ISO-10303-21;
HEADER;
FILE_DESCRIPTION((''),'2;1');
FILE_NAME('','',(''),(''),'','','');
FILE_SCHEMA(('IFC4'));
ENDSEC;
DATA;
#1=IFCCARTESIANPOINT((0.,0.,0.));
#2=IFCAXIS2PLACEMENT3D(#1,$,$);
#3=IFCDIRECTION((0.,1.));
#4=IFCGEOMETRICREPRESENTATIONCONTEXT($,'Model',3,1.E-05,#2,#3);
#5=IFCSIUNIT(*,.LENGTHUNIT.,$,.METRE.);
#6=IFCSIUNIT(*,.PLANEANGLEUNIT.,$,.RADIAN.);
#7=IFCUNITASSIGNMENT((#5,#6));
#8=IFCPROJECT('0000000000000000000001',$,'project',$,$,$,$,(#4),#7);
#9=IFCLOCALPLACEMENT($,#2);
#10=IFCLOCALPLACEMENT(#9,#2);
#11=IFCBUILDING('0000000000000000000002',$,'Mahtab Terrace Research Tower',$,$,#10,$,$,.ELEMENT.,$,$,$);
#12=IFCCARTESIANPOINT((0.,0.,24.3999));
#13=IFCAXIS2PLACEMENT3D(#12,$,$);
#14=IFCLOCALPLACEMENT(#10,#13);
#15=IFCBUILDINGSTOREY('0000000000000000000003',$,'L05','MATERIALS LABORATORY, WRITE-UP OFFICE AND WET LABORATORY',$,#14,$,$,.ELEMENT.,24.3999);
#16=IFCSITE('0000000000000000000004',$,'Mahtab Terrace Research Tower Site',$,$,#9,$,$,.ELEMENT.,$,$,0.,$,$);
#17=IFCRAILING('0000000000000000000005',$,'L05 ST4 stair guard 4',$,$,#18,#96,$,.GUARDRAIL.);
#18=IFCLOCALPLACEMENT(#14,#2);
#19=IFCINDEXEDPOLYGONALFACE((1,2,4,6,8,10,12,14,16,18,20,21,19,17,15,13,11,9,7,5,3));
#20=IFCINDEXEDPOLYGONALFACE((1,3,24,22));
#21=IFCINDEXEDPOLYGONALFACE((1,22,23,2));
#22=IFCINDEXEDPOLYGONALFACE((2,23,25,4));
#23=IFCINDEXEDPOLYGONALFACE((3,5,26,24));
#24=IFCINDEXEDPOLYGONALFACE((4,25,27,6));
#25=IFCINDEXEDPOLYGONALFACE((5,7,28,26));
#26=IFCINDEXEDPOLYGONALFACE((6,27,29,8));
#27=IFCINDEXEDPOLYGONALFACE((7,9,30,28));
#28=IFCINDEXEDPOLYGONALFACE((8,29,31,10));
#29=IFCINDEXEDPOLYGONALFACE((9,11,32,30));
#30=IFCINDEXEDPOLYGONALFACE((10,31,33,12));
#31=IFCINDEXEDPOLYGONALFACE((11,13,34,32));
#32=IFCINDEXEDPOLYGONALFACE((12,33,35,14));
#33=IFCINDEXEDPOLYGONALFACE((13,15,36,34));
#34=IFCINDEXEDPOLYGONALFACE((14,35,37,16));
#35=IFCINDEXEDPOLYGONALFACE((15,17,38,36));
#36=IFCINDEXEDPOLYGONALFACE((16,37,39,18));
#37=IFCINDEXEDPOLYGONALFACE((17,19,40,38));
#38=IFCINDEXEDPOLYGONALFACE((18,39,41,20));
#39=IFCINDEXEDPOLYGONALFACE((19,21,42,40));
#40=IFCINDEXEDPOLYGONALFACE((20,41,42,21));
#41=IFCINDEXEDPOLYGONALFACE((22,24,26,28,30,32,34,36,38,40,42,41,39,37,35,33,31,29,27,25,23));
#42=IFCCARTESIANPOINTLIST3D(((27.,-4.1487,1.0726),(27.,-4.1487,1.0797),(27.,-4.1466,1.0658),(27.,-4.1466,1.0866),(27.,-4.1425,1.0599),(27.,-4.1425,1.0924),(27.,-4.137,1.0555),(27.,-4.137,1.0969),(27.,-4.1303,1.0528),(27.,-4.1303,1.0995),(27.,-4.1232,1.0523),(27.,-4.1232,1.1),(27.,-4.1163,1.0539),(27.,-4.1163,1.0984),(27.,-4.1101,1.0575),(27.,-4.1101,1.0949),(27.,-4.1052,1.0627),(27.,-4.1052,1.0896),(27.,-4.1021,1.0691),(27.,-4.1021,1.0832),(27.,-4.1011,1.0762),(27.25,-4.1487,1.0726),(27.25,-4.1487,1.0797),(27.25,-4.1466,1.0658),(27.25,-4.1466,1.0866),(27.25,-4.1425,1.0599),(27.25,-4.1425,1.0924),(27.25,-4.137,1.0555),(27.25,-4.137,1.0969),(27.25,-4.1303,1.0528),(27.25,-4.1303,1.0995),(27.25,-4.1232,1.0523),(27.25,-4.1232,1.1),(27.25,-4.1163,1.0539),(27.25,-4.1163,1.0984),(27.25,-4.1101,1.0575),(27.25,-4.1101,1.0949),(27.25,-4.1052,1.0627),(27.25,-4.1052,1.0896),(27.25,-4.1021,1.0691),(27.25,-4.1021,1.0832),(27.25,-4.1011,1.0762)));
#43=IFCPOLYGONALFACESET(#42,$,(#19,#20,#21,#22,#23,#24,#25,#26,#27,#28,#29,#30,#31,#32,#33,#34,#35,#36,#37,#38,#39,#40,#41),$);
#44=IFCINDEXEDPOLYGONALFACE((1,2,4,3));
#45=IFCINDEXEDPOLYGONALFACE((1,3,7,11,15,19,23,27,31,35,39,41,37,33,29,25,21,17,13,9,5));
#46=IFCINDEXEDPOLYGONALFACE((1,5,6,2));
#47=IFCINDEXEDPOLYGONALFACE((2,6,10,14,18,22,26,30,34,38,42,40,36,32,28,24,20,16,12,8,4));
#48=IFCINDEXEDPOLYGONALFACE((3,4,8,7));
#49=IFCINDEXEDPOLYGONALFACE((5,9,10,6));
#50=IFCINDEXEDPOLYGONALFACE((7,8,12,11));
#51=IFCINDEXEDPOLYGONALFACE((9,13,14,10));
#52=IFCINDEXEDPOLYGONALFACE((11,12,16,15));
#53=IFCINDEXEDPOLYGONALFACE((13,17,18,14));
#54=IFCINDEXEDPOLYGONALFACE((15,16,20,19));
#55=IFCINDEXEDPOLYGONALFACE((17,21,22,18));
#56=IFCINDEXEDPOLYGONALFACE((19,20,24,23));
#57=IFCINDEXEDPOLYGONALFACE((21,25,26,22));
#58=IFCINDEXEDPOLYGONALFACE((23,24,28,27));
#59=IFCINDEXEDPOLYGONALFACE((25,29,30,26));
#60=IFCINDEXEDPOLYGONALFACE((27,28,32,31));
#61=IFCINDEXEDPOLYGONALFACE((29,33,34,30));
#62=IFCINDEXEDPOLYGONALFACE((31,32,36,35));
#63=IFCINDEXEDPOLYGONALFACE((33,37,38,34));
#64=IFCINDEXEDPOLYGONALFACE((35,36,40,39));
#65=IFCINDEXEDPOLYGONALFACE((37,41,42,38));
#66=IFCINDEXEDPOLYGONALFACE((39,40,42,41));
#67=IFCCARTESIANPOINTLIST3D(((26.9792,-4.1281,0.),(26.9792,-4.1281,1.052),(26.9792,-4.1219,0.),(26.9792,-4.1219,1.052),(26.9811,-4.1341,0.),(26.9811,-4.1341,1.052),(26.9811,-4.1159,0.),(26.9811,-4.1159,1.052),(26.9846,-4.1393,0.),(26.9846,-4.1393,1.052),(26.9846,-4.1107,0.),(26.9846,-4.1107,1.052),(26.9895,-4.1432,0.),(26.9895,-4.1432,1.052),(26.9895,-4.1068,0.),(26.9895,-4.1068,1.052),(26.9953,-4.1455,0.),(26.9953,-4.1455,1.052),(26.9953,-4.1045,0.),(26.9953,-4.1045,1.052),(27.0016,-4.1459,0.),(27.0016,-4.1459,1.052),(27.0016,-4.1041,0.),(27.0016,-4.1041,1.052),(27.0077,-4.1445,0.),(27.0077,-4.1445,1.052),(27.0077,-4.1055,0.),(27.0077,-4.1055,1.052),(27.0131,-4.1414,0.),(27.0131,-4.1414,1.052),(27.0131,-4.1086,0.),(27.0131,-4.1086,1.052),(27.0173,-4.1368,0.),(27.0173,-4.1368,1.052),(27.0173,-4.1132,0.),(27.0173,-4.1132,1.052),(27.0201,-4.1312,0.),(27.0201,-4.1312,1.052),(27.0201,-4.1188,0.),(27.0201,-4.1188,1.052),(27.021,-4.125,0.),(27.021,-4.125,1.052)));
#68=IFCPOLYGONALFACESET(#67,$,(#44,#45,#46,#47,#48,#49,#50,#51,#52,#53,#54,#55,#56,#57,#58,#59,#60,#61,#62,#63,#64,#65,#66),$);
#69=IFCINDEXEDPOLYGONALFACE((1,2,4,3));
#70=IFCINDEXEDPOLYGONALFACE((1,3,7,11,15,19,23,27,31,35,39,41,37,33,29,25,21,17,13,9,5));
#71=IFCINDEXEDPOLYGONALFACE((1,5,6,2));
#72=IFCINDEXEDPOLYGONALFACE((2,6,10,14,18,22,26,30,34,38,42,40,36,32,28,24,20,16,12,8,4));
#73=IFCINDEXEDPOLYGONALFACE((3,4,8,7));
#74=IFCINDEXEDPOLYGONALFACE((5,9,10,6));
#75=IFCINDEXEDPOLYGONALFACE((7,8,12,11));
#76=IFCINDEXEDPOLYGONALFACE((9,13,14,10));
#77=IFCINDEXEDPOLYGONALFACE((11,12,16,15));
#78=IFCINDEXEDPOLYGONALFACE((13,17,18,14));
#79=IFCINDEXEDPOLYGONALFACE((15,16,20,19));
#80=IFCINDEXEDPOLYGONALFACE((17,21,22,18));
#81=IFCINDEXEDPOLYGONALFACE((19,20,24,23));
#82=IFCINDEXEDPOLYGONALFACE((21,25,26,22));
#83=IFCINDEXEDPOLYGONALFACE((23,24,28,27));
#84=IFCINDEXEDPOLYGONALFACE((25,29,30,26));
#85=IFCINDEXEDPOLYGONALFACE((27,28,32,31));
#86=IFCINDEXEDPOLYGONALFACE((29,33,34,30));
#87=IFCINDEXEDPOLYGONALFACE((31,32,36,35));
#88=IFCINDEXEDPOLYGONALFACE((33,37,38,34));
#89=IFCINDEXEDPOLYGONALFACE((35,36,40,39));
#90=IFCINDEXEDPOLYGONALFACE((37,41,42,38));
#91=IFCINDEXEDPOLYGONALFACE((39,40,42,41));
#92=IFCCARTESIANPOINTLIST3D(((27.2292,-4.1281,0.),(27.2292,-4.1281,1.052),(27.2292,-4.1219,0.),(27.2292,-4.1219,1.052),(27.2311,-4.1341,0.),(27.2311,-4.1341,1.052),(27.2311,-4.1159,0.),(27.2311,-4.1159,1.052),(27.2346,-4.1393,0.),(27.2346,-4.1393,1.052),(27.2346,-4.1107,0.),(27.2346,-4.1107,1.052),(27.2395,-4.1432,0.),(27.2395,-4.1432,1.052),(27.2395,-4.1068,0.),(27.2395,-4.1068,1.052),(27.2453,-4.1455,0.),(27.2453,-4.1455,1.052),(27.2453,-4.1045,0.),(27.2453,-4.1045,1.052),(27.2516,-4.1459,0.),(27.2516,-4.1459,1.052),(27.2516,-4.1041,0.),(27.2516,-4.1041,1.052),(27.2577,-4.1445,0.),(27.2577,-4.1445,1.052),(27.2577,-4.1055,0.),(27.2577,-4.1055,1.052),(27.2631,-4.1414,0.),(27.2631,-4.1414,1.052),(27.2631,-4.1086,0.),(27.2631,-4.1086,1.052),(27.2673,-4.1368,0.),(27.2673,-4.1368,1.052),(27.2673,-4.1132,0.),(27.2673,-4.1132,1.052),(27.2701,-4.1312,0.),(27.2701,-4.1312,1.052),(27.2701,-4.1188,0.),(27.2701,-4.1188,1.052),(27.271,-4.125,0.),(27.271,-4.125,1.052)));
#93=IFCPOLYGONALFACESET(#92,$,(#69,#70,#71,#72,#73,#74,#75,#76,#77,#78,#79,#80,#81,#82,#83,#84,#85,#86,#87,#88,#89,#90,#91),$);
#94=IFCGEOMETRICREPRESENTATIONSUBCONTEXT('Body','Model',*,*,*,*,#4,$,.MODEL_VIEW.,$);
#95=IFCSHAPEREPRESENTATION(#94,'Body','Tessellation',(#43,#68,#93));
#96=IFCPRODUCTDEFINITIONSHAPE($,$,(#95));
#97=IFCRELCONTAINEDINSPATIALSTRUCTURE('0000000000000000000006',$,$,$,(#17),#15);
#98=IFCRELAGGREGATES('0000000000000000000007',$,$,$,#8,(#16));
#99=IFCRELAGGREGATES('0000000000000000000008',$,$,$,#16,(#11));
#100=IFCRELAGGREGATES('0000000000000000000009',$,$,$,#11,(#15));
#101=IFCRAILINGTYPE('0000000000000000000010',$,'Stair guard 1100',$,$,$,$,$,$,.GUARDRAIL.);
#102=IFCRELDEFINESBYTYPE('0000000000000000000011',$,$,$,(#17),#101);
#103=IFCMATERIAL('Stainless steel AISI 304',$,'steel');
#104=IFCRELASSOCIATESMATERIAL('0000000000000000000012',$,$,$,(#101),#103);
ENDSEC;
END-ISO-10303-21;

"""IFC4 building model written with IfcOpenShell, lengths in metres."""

from ifc_helpers import new_model, si_unit, direction, frame, origin, origin_2d, place, context, subcontext, project, spatial, circle, extrude, material, type_object, element, save


model = new_model("IFC4")

# Units and contexts
model_context = context("Model", 3, precision=1e-05, world=origin(), true_north=direction((0.0, 1.0)))
body_context = subcontext(model_context, "Body", "Model", "MODEL_VIEW")
ifc_project = project(units=[si_unit("LENGTHUNIT", "METRE"), si_unit("PLANEANGLEUNIT", "RADIAN")], contexts=[model_context])

# Site, building, storey
site_placement = place(None, origin())
site = spatial("IfcSite", under=ifc_project, at=site_placement, Name="Mahtab Terrace Research Tower Site", CompositionType="ELEMENT", RefElevation=0.0)
building_placement = place(site_placement, origin())
building = spatial("IfcBuilding", under=site, at=building_placement, Name="Mahtab Terrace Research Tower", CompositionType="ELEMENT")
storey_placement = place(building_placement, frame((0.0, 0.0, 24.3999)))
storey = spatial("IfcBuildingStorey", under=building, at=storey_placement, Name="L05", Description="MATERIALS LABORATORY, WRITE-UP OFFICE AND WET LABORATORY", CompositionType="ELEMENT", Elevation=24.3999)

# Railing
ifc_material_1 = material(Name="Stainless steel AISI 304", Category="steel")
railing_type_1 = type_object("IfcRailingType", Name="Stair guard 1100", PredefinedType="GUARDRAIL", material=ifc_material_1)
railing_1_placement = place(storey_placement, frame((27.0, -4.125, 0.0)))
element("IfcRailing", 1, at=railing_1_placement, inside=storey, type_object=railing_type_1, Name="L05 ST4 stair guard 4", PredefinedType="GUARDRAIL", context=body_context, shape_type="SweptSolid", body=[
    extrude(circle(Radius=0.0239, at=origin_2d()), frame((0.0, 0.0, 1.0762), z_axis=(1.0, 0.0, 0.0), x_axis=(0.0, 1.0, 0.0)), (0.0, 0.0, 1.0), 0.25),
    extrude(circle(Radius=0.021, at=origin_2d()), origin(), (0.0, 0.0, 1.0), 1.052),
    extrude(circle(Radius=0.021, at=origin_2d()), frame((0.25, 0.0, 0.0)), (0.0, 0.0, 1.0), 1.052),
])

save(model, "model.ifc")
